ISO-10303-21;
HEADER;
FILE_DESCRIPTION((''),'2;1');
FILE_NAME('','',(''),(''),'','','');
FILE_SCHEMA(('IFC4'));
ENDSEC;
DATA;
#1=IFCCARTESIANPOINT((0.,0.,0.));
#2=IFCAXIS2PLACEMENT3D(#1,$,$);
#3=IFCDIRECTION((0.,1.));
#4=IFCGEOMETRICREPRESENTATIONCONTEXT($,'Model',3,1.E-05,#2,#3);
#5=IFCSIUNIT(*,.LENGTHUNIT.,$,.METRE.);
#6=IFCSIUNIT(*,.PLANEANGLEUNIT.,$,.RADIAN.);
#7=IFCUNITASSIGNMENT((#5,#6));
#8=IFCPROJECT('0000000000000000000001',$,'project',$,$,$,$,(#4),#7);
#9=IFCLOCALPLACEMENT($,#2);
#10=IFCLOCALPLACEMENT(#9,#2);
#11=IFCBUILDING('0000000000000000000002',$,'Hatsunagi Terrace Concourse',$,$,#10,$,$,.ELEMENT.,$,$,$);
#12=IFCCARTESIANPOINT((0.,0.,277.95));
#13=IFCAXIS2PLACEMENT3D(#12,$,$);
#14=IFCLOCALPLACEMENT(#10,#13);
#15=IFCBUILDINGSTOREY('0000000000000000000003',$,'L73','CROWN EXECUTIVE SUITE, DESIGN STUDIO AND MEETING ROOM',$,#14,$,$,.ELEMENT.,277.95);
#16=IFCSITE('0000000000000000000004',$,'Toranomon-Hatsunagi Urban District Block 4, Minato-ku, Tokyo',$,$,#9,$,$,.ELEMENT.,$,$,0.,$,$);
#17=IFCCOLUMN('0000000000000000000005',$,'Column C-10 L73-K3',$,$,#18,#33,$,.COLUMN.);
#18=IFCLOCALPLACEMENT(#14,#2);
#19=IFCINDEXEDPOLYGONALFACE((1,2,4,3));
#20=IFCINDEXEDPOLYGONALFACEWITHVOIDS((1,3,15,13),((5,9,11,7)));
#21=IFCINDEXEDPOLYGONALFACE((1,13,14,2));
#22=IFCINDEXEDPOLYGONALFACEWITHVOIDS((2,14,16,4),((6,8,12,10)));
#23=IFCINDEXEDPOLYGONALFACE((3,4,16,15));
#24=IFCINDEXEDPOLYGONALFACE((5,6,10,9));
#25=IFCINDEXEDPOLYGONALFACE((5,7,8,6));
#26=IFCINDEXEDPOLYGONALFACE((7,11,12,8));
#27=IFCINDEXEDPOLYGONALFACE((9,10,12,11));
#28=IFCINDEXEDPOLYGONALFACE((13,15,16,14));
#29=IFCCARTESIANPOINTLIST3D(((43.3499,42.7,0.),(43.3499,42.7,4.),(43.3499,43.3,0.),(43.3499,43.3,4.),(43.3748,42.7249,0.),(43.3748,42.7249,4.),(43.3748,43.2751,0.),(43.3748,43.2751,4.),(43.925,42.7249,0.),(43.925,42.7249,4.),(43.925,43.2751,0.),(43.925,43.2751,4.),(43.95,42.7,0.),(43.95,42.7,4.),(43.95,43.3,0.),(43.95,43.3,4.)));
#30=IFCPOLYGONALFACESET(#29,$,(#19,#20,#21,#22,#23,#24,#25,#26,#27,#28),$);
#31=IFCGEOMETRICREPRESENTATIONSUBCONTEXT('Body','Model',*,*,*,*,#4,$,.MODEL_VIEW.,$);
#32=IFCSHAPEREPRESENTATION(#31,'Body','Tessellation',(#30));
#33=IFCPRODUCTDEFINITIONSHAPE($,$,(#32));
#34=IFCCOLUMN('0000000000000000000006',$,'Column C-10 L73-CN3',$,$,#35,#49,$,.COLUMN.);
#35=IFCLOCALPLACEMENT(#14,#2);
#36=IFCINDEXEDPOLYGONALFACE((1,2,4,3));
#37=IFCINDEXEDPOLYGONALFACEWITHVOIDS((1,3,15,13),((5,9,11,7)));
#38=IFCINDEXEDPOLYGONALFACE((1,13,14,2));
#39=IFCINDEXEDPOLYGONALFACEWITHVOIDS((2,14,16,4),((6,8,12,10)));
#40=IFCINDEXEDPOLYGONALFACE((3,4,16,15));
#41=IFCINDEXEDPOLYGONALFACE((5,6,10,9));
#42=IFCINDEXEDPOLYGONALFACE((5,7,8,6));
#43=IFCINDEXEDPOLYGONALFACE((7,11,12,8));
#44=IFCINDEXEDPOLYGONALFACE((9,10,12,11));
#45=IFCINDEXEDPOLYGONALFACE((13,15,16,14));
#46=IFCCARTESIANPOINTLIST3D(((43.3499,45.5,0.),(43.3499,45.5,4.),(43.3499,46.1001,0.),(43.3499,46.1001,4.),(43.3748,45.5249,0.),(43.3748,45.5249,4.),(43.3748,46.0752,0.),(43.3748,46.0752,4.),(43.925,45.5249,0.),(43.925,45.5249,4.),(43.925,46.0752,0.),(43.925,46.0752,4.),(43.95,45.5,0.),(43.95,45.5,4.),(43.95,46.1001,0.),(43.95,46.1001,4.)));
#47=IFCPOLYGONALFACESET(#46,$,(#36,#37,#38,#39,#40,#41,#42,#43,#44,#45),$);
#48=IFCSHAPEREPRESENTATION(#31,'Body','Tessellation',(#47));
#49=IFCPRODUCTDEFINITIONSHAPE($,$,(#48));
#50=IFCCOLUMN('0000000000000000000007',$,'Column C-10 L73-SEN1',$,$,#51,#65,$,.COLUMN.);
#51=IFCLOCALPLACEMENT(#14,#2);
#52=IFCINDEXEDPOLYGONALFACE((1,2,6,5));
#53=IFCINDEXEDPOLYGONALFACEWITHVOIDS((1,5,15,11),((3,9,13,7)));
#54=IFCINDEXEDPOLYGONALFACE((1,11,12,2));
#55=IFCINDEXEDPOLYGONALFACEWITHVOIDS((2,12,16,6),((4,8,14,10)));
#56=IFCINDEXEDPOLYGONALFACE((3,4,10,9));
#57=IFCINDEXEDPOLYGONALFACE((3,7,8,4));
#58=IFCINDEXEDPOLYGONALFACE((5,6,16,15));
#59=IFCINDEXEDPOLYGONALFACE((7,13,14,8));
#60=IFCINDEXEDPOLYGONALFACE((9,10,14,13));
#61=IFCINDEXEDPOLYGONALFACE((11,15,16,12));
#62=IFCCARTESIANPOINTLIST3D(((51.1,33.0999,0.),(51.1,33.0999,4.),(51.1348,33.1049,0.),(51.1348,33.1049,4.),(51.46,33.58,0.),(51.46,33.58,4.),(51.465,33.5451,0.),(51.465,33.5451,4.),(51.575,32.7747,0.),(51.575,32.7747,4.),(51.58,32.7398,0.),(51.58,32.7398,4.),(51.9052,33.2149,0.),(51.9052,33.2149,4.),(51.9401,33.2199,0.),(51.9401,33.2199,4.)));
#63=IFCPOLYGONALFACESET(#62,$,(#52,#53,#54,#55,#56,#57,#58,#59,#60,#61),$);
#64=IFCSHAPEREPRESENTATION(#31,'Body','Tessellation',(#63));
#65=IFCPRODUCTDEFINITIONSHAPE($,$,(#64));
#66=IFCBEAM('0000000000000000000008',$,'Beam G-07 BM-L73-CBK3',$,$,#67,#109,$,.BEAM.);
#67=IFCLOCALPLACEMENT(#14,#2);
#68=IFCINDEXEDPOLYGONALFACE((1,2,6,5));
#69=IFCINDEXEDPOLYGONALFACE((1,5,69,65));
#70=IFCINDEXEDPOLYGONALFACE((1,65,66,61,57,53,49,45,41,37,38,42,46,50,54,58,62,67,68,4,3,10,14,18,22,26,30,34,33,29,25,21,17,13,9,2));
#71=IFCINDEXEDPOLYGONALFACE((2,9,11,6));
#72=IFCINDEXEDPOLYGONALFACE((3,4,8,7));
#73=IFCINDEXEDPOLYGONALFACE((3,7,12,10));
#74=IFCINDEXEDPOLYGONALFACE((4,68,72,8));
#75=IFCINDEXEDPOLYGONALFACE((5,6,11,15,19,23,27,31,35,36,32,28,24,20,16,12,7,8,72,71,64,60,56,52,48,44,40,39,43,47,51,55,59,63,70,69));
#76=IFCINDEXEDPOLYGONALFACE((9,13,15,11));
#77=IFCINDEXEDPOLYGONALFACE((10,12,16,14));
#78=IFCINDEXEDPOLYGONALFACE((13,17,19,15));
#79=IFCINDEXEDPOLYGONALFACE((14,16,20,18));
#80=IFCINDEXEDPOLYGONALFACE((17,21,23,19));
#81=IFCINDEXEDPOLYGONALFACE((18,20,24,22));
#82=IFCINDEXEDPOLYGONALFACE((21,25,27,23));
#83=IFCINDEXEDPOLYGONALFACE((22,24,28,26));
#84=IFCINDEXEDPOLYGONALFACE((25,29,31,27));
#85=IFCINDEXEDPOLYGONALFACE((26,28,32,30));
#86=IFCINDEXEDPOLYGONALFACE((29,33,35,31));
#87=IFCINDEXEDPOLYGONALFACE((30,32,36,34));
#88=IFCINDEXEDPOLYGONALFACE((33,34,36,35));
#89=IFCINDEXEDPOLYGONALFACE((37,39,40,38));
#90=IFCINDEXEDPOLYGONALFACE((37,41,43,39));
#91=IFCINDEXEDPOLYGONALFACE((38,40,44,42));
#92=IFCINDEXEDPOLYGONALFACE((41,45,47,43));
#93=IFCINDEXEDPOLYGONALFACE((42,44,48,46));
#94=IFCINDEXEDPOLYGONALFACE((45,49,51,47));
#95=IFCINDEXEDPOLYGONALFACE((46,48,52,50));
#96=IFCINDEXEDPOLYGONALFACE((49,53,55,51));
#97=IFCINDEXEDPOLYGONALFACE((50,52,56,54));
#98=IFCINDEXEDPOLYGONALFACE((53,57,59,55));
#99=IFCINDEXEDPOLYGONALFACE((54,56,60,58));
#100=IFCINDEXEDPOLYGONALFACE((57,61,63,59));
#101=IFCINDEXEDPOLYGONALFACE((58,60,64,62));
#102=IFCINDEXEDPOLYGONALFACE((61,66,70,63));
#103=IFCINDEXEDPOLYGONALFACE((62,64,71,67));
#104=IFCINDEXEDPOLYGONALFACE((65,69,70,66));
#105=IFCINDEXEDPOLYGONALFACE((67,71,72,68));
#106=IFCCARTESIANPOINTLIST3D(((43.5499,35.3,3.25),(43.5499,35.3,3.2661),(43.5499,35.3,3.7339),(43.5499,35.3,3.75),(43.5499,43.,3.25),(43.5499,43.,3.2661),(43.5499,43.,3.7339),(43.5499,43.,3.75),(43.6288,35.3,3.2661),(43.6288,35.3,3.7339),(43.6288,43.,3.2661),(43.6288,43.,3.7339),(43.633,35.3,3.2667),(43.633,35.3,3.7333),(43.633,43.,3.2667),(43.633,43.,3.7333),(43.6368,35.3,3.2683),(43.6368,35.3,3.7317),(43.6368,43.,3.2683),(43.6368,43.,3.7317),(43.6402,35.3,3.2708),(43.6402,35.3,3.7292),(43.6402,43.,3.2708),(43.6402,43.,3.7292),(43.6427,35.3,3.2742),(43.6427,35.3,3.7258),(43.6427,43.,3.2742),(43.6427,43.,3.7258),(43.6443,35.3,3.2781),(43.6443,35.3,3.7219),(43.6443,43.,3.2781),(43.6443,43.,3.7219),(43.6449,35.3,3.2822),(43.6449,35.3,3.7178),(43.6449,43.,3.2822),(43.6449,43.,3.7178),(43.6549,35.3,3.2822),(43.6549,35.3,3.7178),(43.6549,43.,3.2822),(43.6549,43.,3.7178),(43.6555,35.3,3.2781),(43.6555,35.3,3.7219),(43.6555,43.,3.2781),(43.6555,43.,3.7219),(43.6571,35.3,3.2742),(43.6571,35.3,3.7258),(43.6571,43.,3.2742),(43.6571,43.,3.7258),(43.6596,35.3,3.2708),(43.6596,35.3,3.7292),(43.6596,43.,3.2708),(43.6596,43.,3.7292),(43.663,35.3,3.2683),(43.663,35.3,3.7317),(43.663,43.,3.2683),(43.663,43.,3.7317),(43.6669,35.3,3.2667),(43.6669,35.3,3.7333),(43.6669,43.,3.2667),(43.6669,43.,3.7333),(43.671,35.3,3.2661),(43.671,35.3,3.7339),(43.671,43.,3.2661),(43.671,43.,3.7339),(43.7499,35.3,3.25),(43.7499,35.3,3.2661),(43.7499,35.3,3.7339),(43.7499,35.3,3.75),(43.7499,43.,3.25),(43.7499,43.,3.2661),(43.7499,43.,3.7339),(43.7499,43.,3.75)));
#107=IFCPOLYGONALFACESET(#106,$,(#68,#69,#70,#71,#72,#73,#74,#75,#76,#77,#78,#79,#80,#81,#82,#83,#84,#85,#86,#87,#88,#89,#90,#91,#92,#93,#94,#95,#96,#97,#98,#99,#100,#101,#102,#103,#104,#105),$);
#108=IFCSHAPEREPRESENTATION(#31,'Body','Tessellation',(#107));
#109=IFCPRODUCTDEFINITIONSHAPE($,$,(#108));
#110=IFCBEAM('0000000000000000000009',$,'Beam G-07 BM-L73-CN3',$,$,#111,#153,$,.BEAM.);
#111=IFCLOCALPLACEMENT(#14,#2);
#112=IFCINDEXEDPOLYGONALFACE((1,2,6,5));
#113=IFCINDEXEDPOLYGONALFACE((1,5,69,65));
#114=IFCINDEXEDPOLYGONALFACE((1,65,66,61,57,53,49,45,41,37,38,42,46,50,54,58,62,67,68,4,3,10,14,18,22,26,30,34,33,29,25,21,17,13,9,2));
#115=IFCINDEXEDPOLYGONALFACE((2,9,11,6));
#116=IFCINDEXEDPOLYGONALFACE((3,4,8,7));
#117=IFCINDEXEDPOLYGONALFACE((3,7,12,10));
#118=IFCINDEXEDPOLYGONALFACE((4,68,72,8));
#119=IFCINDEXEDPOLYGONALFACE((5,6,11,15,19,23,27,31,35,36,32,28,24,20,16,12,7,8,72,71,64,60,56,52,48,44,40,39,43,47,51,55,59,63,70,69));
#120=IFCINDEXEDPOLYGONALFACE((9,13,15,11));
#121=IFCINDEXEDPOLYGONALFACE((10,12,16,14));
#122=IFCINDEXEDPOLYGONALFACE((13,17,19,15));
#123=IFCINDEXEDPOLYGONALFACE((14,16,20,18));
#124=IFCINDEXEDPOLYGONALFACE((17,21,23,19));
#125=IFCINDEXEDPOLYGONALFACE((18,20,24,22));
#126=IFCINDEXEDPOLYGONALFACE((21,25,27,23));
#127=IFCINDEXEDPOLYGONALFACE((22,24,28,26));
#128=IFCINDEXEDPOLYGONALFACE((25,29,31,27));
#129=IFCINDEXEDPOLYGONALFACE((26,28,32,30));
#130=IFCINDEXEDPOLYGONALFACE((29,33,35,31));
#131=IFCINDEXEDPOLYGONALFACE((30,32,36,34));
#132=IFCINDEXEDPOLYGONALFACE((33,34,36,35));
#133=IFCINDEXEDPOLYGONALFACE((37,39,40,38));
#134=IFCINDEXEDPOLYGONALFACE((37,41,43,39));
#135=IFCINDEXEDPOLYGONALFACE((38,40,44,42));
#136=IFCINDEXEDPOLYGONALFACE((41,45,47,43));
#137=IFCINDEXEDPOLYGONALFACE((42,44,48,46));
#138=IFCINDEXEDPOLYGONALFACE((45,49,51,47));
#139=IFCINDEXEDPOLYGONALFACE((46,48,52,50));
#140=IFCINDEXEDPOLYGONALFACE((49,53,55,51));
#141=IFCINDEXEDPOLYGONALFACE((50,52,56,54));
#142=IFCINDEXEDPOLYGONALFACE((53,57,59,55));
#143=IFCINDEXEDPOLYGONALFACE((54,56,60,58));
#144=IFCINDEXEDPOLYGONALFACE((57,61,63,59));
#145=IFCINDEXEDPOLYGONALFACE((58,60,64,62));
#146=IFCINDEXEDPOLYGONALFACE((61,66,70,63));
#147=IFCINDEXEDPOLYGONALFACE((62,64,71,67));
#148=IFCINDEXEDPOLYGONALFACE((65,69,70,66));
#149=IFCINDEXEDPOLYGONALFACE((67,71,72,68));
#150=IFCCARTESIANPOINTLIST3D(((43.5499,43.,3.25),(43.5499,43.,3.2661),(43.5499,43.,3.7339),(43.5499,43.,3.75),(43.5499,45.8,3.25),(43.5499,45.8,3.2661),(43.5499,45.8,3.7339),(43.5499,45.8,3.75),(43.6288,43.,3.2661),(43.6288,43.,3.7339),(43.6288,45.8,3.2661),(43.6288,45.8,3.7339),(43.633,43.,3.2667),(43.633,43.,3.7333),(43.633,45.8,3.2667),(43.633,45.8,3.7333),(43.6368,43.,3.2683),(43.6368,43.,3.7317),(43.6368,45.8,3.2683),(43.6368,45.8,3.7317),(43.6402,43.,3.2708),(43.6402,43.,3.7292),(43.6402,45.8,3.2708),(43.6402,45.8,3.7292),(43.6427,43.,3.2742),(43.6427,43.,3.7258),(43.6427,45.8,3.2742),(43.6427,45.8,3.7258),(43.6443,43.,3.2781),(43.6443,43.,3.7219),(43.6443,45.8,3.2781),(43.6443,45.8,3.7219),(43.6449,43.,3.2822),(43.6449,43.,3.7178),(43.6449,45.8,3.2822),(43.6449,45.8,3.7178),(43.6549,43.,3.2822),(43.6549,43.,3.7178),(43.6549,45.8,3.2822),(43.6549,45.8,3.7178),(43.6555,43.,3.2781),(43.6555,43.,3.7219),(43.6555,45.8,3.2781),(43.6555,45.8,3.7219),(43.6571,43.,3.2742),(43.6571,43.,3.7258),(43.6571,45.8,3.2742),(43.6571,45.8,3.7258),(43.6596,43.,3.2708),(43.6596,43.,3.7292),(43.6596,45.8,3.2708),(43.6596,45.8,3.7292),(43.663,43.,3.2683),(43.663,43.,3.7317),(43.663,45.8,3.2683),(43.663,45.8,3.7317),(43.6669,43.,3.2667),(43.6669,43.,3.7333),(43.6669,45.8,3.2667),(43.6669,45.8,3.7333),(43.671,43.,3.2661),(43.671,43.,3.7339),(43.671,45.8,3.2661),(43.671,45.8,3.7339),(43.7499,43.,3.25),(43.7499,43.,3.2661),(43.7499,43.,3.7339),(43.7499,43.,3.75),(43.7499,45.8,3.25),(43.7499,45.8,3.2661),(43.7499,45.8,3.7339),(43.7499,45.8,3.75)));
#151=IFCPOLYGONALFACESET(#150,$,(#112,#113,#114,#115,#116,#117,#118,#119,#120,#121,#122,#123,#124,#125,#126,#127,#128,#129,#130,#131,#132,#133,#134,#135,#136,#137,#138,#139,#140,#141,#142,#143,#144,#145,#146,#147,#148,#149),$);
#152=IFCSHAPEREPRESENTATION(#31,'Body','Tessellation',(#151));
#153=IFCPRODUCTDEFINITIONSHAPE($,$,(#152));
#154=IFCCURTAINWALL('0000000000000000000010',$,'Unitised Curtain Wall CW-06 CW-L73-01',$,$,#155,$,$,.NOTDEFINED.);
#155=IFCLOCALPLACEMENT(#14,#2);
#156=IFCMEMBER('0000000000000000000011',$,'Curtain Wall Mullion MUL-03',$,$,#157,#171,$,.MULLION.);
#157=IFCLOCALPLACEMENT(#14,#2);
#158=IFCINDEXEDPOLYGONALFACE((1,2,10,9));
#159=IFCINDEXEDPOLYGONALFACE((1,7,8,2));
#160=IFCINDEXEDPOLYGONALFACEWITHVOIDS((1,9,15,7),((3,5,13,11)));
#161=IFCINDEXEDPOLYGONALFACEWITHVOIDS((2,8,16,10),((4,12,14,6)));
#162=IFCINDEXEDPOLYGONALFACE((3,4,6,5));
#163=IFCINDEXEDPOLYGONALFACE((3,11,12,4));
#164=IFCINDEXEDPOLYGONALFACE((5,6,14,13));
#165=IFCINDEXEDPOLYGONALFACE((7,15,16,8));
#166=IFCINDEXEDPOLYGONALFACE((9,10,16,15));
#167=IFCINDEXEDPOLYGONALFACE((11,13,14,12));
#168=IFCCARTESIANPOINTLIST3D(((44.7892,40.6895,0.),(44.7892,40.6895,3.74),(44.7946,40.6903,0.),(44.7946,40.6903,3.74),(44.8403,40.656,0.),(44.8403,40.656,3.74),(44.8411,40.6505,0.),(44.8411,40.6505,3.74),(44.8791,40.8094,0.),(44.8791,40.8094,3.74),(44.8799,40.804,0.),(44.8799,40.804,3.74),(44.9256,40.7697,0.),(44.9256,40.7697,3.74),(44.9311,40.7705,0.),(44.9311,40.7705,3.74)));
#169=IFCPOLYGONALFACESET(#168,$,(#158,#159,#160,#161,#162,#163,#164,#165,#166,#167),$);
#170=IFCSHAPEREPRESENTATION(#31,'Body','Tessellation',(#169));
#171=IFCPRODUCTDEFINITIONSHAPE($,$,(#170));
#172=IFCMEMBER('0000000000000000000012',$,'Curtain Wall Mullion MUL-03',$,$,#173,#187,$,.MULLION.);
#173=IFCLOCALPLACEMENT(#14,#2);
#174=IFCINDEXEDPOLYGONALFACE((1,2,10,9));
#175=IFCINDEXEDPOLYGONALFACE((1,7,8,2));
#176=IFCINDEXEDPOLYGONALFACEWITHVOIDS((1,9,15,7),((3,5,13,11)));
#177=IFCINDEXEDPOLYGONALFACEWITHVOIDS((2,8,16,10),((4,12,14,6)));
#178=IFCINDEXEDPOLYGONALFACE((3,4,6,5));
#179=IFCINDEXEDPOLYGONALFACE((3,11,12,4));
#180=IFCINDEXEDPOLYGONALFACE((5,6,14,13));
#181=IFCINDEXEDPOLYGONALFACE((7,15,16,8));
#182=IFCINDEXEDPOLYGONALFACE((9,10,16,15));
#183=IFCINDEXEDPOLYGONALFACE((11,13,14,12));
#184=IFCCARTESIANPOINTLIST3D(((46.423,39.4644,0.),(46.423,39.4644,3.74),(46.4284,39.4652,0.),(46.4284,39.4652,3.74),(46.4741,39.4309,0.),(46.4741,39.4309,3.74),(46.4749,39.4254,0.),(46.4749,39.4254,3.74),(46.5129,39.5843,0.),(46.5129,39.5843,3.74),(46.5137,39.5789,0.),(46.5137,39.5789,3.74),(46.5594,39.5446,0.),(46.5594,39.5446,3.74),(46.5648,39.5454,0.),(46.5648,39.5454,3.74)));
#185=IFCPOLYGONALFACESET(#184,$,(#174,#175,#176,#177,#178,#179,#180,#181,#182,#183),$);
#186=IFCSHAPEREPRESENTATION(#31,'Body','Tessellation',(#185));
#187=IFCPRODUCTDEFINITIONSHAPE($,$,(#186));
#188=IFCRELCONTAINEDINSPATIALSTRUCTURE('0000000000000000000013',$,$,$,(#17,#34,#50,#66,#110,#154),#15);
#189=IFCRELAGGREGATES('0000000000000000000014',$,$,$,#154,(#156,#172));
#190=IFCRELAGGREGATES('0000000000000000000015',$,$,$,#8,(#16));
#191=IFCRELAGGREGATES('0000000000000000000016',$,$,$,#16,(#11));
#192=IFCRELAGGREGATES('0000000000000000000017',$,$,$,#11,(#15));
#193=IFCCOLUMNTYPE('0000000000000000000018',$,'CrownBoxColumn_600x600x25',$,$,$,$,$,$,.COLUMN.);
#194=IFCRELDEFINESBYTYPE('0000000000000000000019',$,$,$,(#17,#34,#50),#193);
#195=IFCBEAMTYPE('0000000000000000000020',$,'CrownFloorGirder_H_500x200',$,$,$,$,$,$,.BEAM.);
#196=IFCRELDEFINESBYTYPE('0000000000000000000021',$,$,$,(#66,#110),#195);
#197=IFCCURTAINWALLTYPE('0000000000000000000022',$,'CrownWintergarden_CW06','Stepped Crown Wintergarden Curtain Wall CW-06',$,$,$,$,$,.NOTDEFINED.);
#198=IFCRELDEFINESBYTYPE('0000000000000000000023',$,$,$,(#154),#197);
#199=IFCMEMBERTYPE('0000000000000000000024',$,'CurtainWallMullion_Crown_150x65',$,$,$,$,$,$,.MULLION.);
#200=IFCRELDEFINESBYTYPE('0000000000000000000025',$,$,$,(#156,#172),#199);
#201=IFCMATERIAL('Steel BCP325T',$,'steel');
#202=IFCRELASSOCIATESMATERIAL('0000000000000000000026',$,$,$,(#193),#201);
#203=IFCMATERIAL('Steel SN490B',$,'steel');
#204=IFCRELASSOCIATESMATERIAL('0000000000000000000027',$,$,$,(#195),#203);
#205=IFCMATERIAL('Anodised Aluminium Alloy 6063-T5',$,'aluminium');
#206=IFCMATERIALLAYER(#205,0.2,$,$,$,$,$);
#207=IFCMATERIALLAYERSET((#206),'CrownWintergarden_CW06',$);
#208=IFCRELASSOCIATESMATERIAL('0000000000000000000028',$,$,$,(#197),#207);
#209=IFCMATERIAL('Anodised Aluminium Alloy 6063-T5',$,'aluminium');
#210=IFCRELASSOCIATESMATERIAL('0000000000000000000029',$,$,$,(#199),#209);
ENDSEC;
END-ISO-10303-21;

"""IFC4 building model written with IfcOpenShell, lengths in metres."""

from ifc_helpers import new_model, si_unit, direction, frame, origin, origin_2d, place, context, subcontext, project, spatial, hollow_rectangle, i_section, extrude, material, layer, layer_set, material_profile, profile_set, type_object, element, aggregate, save


model = new_model("IFC4")

# Units and contexts
model_context = context("Model", 3, precision=1e-05, world=origin(), true_north=direction((0.0, 1.0)))
body_context = subcontext(model_context, "Body", "Model", "MODEL_VIEW")
ifc_project = project(units=[si_unit("LENGTHUNIT", "METRE"), si_unit("PLANEANGLEUNIT", "RADIAN")], contexts=[model_context])

# Site, building, storey
site_placement = place(None, origin())
site = spatial("IfcSite", under=ifc_project, at=site_placement, Name="Toranomon-Hatsunagi Urban District Block 4, Minato-ku, Tokyo", CompositionType="ELEMENT", RefElevation=0.0)
building_placement = place(site_placement, origin())
building = spatial("IfcBuilding", under=site, at=building_placement, Name="Hatsunagi Terrace Concourse", CompositionType="ELEMENT")
storey_placement = place(building_placement, frame((0.0, 0.0, 277.95)))
storey = spatial("IfcBuildingStorey", under=building, at=storey_placement, Name="L73", Description="CROWN EXECUTIVE SUITE, DESIGN STUDIO AND MEETING ROOM", CompositionType="ELEMENT", Elevation=277.95)

# Columns
ifc_material_1 = material(Name="Steel BCP325T", Category="steel")
ifc_material_profile_1 = material_profile(ifc_material_1, hollow_rectangle(XDim=0.6001, YDim=0.6001, WallThickness=0.0249, at=origin_2d()), Name="BCP-600x600x25")
ifc_profile_set_1 = profile_set([ifc_material_profile_1], Name="Steel BCP325T")
column_type = type_object("IfcColumnType", Name="CrownBoxColumn_600x600x25", PredefinedType="COLUMN", material=ifc_profile_set_1)
for number, where, z_axis, x_axis, name in (
    (1, (43.6499, 43.0, 0.0), (0.0, 0.0, 1.0), (1.0, 0.0, 0.0), "Column C-10 L73-K3"),
    (2, (43.6499, 45.8, 0.0), (0.0, 0.0, 1.0), (1.0, 0.0, 0.0), "Column C-10 L73-CN3"),
    (3, (51.52, 33.1599, 0.0), (0.0, 0.0, 1.0), (0.8, -0.6, 0.0), "Column C-10 L73-SEN1"),
):
    element("IfcColumn", number, at=place(storey_placement, frame(where, z_axis=z_axis, x_axis=x_axis)), inside=storey, type_object=column_type, Name=name, PredefinedType="COLUMN", context=body_context, shape_type="SweptSolid", body=[
        extrude(hollow_rectangle(XDim=0.6001, YDim=0.6001, WallThickness=0.0249, at=origin_2d()), origin(), (0.0, 0.0, 1.0), 4.0),
    ])

# Beams
ifc_material_2 = material(Name="Steel SN490B", Category="steel")
ifc_material_profile_2 = material_profile(ifc_material_2, i_section(OverallWidth=0.2, OverallDepth=0.5, WebThickness=0.01, FlangeThickness=0.0161, FilletRadius=0.0161, at=origin_2d()), Name="H-500x200x10x16")
ifc_profile_set_2 = profile_set([ifc_material_profile_2], Name="Steel SN490B")
beam_type_1 = type_object("IfcBeamType", Name="CrownFloorGirder_H_500x200", PredefinedType="BEAM", material=ifc_profile_set_2)
beam_1_placement = place(storey_placement, frame((43.6499, 35.3, 3.5), z_axis=(0.0, 1.0, 0.0), x_axis=(-1.0, 0.0, 0.0)))
element("IfcBeam", 4, at=beam_1_placement, inside=storey, type_object=beam_type_1, Name="Beam G-07 BM-L73-CBK3", PredefinedType="BEAM", context=body_context, shape_type="SweptSolid", body=[
    extrude(i_section(OverallWidth=0.2, OverallDepth=0.5, WebThickness=0.01, FlangeThickness=0.0161, FilletRadius=0.0161, at=origin_2d()), origin(), (0.0, 0.0, 1.0), 7.7),
])
beam_2_placement = place(storey_placement, frame((43.6499, 43.0, 3.5), z_axis=(0.0, 1.0, 0.0), x_axis=(-1.0, 0.0, 0.0)))
element("IfcBeam", 5, at=beam_2_placement, inside=storey, type_object=beam_type_1, Name="Beam G-07 BM-L73-CN3", PredefinedType="BEAM", context=body_context, shape_type="SweptSolid", body=[
    extrude(i_section(OverallWidth=0.2, OverallDepth=0.5, WebThickness=0.01, FlangeThickness=0.0161, FilletRadius=0.0161, at=origin_2d()), origin(), (0.0, 0.0, 1.0), 2.8),
])

# Curtain wall, members
ifc_material_3 = material(Name="Anodised Aluminium Alloy 6063-T5", Category="aluminium")
ifc_layer_1 = layer(ifc_material_3, 0.2)
ifc_layer_set_1 = layer_set([ifc_layer_1], Name="CrownWintergarden_CW06")
curtain_wall_type = type_object("IfcCurtainWallType", Name="CrownWintergarden_CW06", Description="Stepped Crown Wintergarden Curtain Wall CW-06", PredefinedType="NOTDEFINED", material=ifc_layer_set_1)
curtain_wall_1_placement = place(storey_placement, origin())
curtain_wall_1 = element("IfcCurtainWall", 6, at=curtain_wall_1_placement, inside=storey, type_object=curtain_wall_type, Name="Unitised Curtain Wall CW-06 CW-L73-01", PredefinedType="NOTDEFINED")
ifc_material_4 = material(Name="Anodised Aluminium Alloy 6063-T5", Category="aluminium")
ifc_material_profile_3 = material_profile(ifc_material_4, hollow_rectangle(XDim=0.0649, YDim=0.1499, WallThickness=0.0039, at=origin_2d()), Name="ALU-MUL-150x65x4")
ifc_profile_set_3 = profile_set([ifc_material_profile_3], Name="Anodised Aluminium Alloy 6063-T5")
member_type_1 = type_object("IfcMemberType", Name="CurtainWallMullion_Crown_150x65", PredefinedType="MULLION", material=ifc_profile_set_3)
member_1_placement = place(storey_placement, frame((44.8601, 40.73, 0.0), z_axis=(0.0, 0.0, 1.0), x_axis=(0.800023, -0.599969, 0.0)))
member_1 = element("IfcMember", 7, at=member_1_placement, type_object=member_type_1, Name="Curtain Wall Mullion MUL-03", PredefinedType="MULLION", context=body_context, shape_type="SweptSolid", body=[
    extrude(hollow_rectangle(XDim=0.0649, YDim=0.1499, WallThickness=0.0039, at=origin_2d()), origin(), (0.0, 0.0, 1.0), 3.74),
])
member_2_placement = place(storey_placement, frame((46.4939, 39.5049, 0.0), z_axis=(0.0, 0.0, 1.0), x_axis=(0.800023, -0.599969, 0.0)))
member_2 = element("IfcMember", 8, at=member_2_placement, type_object=member_type_1, Name="Curtain Wall Mullion MUL-03", PredefinedType="MULLION", context=body_context, shape_type="SweptSolid", body=[
    extrude(hollow_rectangle(XDim=0.0649, YDim=0.1499, WallThickness=0.0039, at=origin_2d()), origin(), (0.0, 0.0, 1.0), 3.74),
])

aggregate(curtain_wall_1, [member_1, member_2])

save(model, "model.ifc")
